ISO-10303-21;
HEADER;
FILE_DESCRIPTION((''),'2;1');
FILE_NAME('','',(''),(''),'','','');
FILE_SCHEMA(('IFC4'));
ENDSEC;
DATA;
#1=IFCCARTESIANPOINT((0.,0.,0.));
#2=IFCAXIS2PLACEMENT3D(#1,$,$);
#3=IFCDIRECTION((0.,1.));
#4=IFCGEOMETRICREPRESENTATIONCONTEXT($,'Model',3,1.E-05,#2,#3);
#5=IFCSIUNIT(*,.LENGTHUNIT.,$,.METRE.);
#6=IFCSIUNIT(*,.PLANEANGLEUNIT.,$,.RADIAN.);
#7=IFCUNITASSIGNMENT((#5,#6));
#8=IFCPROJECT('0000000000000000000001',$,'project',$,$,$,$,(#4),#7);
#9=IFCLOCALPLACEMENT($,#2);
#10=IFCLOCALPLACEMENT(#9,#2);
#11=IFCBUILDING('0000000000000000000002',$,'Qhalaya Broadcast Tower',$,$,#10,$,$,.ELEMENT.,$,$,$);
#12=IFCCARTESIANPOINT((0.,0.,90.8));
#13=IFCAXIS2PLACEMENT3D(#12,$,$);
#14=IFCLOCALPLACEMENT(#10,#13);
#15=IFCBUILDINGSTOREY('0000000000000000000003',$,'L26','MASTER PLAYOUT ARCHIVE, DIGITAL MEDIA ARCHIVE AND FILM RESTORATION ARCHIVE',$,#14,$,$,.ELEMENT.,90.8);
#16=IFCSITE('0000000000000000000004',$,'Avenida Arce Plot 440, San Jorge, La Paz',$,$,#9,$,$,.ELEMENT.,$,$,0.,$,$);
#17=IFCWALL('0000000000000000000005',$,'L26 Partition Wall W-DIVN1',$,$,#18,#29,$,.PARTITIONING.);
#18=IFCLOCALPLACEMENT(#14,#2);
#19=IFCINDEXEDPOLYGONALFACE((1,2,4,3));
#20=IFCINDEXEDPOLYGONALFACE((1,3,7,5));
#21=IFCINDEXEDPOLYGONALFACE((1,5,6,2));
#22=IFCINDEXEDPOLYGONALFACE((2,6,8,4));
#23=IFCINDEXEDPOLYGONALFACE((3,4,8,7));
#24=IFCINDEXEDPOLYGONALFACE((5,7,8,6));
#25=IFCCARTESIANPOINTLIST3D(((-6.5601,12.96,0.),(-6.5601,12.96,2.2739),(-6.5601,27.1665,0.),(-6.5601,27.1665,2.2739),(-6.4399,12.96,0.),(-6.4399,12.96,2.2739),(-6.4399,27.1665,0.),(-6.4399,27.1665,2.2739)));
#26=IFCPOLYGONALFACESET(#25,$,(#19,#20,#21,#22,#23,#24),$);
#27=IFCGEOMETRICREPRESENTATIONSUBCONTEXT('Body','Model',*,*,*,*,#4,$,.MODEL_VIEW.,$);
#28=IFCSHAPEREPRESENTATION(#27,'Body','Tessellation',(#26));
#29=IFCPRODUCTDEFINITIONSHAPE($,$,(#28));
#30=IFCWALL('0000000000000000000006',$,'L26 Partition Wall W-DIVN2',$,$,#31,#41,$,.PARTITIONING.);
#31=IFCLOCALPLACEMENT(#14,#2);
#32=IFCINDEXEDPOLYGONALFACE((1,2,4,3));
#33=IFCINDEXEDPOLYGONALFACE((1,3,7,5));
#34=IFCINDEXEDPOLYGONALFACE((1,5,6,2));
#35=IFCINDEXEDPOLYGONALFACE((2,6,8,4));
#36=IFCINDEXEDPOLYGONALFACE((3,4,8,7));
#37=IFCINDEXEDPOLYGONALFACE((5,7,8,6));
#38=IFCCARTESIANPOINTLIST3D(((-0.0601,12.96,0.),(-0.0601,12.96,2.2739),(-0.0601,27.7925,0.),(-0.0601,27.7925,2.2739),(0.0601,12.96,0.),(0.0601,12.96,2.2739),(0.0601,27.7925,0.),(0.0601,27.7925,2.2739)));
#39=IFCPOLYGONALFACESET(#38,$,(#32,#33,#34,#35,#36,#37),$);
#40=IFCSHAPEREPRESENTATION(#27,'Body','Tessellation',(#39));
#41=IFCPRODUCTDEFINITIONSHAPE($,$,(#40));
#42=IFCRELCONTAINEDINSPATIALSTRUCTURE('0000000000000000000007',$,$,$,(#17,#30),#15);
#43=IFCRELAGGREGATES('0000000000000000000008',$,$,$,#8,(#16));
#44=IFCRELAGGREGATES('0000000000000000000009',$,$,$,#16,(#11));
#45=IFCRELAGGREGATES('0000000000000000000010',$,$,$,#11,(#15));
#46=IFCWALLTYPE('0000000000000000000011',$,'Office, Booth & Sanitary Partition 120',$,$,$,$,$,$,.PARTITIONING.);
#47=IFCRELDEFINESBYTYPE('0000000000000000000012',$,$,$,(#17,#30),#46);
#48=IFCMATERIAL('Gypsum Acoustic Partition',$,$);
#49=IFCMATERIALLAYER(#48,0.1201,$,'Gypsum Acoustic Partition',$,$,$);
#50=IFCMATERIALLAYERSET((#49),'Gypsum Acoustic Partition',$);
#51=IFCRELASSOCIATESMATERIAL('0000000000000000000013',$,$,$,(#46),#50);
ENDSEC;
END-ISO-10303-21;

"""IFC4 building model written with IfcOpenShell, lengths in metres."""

from ifc_helpers import new_model, si_unit, direction, frame, frame_2d, origin, place, context, subcontext, project, spatial, rectangle, extrude, material, layer, layer_set, type_object, element, save


model = new_model("IFC4")

# Units and contexts
model_context = context("Model", 3, precision=1e-05, world=origin(), true_north=direction((0.0, 1.0)))
body_context = subcontext(model_context, "Body", "Model", "MODEL_VIEW")
ifc_project = project(units=[si_unit("LENGTHUNIT", "METRE"), si_unit("PLANEANGLEUNIT", "RADIAN")], contexts=[model_context])

# Site, building, storey
site_placement = place(None, origin())
site = spatial("IfcSite", under=ifc_project, at=site_placement, Name="Avenida Arce Plot 440, San Jorge, La Paz", CompositionType="ELEMENT", RefElevation=0.0)
building_placement = place(site_placement, origin())
building = spatial("IfcBuilding", under=site, at=building_placement, Name="Qhalaya Broadcast Tower", CompositionType="ELEMENT")
storey_placement = place(building_placement, frame((0.0, 0.0, 90.8)))
storey = spatial("IfcBuildingStorey", under=building, at=storey_placement, Name="L26", Description="MASTER PLAYOUT ARCHIVE, DIGITAL MEDIA ARCHIVE AND FILM RESTORATION ARCHIVE", CompositionType="ELEMENT", Elevation=90.8)

# Shared definitions
ifc_material_1 = material(Name="Gypsum Acoustic Partition")

# Walls
ifc_layer_1 = layer(ifc_material_1, 0.1201, Name="Gypsum Acoustic Partition")
ifc_layer_set_1 = layer_set([ifc_layer_1], Name="Gypsum Acoustic Partition")
wall_type_1 = type_object("IfcWallType", Name="Office, Booth & Sanitary Partition 120", PredefinedType="PARTITIONING", material=ifc_layer_set_1)
wall_1_placement = place(storey_placement, frame((-6.5, 12.96, 0.0), z_axis=(0.0, 0.0, 1.0), x_axis=(0.0, 1.0, 0.0)))
element("IfcWall", 1, at=wall_1_placement, inside=storey, type_object=wall_type_1, Name="L26 Partition Wall W-DIVN1", PredefinedType="PARTITIONING", context=body_context, shape_type="SweptSolid", body=[
    extrude(rectangle(XDim=14.2065, YDim=0.1201, at=frame_2d((7.1033, 0.0))), origin(), (0.0, 0.0, 1.0), 2.2739),
])
wall_2_placement = place(storey_placement, frame((0.0, 12.96, 0.0), z_axis=(0.0, 0.0, 1.0), x_axis=(0.0, 1.0, 0.0)))
element("IfcWall", 2, at=wall_2_placement, inside=storey, type_object=wall_type_1, Name="L26 Partition Wall W-DIVN2", PredefinedType="PARTITIONING", context=body_context, shape_type="SweptSolid", body=[
    extrude(rectangle(XDim=14.8325, YDim=0.1201, at=frame_2d((7.4163, 0.0))), origin(), (0.0, 0.0, 1.0), 2.2739),
])

save(model, "model.ifc")
